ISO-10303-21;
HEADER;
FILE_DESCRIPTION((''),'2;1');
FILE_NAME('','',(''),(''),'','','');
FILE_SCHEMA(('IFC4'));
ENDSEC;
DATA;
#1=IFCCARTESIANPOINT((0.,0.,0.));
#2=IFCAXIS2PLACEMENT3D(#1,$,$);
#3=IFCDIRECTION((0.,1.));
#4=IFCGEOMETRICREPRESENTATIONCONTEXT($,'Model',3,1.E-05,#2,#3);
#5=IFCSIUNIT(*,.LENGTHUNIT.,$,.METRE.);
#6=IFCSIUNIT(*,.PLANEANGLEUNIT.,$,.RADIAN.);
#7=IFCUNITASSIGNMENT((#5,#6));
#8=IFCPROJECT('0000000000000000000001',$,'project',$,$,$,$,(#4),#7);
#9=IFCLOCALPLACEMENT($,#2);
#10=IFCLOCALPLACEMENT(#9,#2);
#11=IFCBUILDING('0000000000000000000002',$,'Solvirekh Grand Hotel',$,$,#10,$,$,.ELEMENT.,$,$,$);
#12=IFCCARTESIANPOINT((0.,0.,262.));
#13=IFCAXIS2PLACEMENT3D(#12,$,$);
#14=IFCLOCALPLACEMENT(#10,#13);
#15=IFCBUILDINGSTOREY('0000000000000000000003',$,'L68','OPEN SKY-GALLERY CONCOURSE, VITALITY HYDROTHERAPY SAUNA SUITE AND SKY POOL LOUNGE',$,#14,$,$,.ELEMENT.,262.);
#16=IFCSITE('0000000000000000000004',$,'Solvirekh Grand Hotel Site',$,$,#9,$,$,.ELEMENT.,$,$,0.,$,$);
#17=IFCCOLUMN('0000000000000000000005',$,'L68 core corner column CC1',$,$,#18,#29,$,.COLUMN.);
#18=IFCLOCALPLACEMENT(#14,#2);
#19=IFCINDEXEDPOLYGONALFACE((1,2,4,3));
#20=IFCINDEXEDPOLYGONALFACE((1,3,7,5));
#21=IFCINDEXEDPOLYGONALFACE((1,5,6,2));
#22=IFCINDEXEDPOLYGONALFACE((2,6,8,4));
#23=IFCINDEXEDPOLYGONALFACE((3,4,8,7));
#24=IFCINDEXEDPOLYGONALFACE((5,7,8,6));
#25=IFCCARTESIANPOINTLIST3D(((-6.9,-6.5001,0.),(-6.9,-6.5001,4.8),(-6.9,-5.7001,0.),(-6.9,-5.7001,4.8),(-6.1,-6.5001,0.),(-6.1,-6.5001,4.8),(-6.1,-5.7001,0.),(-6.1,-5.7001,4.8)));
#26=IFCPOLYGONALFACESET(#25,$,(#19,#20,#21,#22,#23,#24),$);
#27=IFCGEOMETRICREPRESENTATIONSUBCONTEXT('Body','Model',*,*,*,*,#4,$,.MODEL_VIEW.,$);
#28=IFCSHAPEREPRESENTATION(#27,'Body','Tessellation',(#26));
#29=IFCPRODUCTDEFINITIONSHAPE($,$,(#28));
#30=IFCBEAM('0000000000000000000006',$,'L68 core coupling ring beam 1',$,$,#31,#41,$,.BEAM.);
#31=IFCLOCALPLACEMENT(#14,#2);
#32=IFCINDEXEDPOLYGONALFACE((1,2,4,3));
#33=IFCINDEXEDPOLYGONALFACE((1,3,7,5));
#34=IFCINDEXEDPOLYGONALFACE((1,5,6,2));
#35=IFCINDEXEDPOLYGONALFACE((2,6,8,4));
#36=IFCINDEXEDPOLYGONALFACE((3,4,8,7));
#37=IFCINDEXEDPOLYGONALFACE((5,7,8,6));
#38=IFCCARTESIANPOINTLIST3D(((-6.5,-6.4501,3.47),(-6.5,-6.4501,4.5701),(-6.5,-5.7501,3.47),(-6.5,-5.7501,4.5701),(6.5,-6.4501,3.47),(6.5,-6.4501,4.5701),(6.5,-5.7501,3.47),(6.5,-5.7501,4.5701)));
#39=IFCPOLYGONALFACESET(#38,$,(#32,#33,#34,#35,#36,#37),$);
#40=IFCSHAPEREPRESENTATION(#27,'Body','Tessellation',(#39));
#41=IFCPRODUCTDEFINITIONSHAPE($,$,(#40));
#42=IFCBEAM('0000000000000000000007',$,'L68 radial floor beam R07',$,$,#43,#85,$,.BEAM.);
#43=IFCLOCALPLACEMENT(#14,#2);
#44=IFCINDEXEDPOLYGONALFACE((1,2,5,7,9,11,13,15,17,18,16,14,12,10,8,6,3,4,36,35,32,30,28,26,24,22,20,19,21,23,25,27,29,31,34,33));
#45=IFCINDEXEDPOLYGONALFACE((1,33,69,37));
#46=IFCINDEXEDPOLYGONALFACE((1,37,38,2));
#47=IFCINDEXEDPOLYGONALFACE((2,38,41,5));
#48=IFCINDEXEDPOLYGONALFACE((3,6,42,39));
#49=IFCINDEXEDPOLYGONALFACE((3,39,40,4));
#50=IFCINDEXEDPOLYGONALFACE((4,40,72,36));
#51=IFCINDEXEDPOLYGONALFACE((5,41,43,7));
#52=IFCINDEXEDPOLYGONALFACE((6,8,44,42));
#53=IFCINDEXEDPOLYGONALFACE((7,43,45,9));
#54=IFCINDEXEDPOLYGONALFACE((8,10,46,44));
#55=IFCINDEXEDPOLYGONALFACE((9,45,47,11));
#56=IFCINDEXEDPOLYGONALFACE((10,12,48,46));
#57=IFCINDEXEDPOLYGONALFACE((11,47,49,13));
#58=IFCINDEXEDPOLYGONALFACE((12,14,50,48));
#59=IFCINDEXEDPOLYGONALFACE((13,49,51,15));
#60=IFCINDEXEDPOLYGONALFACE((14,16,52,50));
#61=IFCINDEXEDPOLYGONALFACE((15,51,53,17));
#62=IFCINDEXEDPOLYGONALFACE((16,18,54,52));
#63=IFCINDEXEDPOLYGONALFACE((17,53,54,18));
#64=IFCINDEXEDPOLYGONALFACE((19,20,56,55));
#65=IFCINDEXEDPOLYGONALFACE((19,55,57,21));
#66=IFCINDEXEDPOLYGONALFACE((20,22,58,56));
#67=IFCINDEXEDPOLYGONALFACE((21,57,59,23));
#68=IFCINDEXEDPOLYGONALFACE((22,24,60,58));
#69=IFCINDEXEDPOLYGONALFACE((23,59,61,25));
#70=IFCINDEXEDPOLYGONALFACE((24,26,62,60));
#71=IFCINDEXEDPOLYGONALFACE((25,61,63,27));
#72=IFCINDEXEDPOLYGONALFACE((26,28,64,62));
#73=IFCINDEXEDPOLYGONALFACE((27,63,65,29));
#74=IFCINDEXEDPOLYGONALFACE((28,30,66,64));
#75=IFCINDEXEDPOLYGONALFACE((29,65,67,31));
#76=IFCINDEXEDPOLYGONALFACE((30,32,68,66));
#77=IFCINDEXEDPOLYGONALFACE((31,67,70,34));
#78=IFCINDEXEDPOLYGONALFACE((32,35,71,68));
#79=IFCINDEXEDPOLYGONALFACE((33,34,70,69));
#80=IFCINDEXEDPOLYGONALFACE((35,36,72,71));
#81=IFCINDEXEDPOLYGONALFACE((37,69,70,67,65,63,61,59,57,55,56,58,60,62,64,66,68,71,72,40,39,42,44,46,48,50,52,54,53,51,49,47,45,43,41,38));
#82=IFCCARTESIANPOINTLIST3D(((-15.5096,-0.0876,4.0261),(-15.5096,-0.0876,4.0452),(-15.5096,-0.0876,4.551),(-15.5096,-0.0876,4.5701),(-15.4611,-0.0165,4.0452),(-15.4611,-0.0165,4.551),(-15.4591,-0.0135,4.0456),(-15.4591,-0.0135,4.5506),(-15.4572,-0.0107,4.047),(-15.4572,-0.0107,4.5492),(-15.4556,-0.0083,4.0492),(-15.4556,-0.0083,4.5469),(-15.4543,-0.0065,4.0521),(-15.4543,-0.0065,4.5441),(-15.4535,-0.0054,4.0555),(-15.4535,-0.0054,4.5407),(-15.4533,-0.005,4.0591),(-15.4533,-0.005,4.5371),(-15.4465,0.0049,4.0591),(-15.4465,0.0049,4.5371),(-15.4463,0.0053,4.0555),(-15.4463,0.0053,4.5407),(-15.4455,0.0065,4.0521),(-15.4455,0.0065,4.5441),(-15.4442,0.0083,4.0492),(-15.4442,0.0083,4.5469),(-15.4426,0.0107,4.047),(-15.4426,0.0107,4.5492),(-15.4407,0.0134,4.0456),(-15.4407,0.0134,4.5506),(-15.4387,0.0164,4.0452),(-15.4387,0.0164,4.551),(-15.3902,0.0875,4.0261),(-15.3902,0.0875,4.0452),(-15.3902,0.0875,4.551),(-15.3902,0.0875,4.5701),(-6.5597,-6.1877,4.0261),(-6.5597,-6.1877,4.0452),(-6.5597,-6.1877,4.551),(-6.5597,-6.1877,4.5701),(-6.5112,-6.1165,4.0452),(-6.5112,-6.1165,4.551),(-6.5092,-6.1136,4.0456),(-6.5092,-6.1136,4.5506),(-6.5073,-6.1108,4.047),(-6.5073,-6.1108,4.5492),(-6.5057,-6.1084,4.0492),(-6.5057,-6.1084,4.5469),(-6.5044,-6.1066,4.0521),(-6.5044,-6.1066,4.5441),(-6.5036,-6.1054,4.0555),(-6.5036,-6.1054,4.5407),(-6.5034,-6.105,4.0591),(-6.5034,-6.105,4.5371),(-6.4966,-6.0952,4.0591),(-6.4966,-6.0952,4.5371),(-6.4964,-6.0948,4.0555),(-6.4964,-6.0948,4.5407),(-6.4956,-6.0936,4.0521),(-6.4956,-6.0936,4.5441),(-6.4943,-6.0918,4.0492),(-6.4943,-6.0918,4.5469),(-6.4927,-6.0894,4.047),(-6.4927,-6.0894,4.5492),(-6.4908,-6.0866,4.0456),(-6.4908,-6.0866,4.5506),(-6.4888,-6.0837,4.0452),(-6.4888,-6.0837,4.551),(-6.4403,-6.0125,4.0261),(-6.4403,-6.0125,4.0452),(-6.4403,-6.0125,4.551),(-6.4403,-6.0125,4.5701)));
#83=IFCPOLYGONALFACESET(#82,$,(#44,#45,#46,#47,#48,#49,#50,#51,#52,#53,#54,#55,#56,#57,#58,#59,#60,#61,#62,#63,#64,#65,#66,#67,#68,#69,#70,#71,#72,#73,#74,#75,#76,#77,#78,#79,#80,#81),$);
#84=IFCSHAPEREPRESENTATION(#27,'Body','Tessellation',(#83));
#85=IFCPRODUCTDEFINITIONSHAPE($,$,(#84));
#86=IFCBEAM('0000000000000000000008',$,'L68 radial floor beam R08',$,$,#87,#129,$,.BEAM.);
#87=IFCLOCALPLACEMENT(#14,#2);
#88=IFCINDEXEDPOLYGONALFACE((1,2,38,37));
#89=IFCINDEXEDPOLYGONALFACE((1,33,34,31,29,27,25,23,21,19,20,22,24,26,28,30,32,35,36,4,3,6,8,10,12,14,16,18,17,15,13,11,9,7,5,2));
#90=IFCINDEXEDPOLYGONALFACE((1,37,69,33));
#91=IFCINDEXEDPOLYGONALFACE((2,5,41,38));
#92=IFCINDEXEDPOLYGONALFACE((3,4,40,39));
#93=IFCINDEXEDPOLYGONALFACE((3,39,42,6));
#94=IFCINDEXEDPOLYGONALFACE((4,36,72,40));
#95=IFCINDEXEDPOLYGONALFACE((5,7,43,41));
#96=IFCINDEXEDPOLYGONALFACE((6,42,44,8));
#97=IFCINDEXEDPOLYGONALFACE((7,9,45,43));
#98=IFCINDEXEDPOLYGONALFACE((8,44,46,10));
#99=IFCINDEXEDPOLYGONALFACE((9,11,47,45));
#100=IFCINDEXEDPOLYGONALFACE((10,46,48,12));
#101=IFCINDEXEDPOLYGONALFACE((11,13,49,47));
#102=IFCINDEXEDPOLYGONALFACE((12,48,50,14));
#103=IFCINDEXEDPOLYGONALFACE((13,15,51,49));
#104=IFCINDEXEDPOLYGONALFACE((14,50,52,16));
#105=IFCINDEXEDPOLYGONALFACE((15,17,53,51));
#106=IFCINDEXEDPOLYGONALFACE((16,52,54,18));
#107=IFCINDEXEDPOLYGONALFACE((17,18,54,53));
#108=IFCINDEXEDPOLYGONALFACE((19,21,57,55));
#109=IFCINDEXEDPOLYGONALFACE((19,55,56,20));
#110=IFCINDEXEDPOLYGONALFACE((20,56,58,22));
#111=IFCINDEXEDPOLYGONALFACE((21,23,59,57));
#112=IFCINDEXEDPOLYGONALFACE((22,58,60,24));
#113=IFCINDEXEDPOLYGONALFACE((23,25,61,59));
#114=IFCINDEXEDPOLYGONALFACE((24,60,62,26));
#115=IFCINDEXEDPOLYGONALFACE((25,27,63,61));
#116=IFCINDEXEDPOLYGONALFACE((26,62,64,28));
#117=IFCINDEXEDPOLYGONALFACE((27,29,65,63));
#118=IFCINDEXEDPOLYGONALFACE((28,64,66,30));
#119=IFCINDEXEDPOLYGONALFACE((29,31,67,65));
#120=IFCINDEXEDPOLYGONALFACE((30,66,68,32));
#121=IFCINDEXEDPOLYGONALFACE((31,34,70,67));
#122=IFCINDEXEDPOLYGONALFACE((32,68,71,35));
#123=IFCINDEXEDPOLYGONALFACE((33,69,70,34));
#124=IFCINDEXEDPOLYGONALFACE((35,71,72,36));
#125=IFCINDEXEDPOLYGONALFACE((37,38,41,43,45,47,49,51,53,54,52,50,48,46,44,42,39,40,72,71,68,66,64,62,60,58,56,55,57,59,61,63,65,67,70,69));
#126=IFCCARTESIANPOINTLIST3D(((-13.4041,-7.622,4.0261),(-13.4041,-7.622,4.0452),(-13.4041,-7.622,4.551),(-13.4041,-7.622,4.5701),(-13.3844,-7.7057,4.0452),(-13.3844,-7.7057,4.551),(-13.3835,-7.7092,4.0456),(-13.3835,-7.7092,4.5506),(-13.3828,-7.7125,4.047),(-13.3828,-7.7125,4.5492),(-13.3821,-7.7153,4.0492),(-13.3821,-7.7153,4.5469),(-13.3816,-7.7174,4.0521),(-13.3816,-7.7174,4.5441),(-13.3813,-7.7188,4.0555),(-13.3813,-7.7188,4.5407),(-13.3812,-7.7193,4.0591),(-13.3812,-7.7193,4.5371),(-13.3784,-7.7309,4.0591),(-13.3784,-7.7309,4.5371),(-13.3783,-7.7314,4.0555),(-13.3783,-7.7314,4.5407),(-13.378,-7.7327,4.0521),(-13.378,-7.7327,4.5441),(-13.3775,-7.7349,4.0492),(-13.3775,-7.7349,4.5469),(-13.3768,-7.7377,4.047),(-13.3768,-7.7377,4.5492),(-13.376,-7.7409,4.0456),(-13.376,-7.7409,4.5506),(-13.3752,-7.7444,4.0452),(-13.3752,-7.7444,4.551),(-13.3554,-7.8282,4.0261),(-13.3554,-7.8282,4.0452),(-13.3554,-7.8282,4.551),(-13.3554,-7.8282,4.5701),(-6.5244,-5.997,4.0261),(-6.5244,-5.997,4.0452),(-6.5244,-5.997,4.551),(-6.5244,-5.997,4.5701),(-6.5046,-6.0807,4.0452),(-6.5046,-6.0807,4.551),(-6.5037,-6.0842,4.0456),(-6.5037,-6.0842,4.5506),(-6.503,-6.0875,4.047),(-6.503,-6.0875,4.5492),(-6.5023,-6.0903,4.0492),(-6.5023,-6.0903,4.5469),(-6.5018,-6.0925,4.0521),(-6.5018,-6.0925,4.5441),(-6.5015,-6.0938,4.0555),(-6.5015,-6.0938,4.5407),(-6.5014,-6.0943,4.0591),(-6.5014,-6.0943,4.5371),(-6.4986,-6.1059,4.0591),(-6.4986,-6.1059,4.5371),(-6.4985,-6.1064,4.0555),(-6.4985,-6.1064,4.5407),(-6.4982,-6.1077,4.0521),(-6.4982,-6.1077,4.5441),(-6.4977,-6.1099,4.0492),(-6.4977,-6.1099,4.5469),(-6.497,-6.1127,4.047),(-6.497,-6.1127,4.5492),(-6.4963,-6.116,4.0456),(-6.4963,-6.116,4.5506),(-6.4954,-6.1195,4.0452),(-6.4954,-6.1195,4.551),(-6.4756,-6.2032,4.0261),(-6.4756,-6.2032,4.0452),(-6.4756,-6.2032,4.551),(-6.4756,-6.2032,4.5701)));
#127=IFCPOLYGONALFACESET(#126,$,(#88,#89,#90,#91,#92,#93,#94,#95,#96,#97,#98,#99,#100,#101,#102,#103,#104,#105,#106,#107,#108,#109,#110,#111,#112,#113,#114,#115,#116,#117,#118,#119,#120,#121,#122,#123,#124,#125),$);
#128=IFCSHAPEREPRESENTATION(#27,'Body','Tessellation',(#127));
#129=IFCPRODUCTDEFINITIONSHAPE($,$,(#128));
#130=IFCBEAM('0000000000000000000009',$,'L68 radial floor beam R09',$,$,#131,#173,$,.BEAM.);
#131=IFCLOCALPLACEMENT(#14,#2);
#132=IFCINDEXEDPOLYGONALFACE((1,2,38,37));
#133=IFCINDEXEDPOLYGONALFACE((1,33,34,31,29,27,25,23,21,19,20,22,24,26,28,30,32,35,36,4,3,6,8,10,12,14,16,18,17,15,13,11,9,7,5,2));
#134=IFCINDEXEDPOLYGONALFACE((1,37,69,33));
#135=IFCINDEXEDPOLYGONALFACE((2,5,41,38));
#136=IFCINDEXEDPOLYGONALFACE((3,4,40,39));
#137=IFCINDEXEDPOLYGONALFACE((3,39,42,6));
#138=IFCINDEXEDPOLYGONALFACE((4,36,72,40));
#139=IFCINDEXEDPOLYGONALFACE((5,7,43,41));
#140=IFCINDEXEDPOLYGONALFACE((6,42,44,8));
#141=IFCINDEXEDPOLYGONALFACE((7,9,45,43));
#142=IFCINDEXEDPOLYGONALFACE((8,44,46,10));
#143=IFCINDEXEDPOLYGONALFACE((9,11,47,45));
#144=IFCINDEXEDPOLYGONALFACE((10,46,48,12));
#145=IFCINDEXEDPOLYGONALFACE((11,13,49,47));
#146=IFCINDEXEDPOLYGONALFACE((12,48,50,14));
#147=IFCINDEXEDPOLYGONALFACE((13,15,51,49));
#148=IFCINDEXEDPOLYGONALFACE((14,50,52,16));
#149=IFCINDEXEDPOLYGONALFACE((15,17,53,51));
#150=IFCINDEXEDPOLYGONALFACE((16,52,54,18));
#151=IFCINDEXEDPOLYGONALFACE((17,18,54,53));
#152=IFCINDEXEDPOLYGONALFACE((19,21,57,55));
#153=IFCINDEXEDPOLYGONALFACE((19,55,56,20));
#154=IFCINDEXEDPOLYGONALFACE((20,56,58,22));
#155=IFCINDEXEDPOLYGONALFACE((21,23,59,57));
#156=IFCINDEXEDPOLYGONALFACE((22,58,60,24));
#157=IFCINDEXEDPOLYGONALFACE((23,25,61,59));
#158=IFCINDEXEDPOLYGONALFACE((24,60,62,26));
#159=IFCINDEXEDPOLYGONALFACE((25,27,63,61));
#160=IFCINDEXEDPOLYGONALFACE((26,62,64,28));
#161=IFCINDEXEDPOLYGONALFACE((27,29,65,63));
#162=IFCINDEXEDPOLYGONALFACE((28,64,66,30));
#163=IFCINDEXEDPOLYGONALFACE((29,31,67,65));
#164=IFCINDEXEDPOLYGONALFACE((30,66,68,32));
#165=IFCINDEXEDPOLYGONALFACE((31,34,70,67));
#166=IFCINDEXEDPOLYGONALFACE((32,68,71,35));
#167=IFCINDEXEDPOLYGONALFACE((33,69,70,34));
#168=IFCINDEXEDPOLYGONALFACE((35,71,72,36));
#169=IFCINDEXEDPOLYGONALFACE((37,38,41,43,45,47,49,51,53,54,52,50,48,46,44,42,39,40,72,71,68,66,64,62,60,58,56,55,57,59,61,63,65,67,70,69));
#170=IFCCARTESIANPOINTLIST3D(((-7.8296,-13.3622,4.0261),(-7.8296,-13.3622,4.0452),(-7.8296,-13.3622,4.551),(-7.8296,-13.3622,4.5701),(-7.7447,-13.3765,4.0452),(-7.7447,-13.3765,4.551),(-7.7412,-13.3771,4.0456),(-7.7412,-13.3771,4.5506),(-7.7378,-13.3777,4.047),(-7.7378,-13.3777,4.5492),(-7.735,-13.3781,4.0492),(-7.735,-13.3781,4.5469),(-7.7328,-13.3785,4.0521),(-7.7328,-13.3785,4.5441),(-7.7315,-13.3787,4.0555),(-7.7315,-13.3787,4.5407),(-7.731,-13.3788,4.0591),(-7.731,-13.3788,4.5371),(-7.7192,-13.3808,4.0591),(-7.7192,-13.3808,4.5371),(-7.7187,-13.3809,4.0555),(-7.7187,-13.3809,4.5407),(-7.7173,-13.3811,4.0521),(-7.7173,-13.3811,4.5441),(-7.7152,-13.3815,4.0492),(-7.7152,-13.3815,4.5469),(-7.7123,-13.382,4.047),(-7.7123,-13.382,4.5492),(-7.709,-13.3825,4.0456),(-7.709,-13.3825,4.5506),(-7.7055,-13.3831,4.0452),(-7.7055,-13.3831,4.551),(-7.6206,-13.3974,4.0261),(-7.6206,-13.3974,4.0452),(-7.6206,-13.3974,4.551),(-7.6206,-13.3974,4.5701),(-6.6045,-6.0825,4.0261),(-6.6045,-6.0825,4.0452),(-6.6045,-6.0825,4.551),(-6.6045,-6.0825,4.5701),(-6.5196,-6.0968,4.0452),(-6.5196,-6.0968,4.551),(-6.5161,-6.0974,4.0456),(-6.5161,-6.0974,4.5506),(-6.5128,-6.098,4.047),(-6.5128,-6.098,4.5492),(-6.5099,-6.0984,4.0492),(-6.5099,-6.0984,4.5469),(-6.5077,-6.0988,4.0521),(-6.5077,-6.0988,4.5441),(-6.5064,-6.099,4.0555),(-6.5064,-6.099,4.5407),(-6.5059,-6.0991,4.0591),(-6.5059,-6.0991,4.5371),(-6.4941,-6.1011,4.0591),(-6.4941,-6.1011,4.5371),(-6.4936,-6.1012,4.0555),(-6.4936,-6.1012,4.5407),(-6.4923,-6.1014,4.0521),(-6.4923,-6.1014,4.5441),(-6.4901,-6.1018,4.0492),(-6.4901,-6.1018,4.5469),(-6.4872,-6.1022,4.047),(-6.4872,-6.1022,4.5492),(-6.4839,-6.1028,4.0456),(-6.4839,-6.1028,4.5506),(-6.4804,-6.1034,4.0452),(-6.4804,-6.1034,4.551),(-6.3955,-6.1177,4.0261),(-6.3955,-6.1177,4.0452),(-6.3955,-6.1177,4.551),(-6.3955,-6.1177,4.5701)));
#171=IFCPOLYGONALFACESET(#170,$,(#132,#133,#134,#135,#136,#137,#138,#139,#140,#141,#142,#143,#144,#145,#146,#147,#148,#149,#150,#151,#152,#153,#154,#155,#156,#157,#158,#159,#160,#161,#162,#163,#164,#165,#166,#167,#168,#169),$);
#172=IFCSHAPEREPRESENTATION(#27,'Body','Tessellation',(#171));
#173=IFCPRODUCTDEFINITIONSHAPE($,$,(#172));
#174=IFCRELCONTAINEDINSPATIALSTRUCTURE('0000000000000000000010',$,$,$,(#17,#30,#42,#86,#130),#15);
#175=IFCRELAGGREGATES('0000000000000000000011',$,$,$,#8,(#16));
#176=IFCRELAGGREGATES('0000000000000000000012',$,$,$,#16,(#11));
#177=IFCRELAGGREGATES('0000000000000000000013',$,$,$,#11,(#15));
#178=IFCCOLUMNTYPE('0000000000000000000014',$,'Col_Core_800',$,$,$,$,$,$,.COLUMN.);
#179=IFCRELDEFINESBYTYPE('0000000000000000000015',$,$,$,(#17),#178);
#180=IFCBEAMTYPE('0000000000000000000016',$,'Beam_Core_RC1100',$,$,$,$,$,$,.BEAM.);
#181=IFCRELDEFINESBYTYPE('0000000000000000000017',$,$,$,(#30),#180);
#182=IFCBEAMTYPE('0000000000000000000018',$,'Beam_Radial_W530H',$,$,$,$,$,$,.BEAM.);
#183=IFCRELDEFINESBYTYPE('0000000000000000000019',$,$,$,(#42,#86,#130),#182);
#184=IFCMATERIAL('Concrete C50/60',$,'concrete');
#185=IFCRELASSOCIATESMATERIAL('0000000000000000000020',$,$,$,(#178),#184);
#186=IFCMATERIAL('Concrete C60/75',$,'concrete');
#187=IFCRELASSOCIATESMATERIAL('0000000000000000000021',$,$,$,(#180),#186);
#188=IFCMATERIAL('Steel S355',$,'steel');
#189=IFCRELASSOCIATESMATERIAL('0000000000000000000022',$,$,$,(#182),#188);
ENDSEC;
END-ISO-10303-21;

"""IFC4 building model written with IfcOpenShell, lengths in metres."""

from ifc_helpers import new_model, si_unit, direction, frame, origin, origin_2d, place, context, subcontext, project, spatial, rectangle, i_section, extrude, material, material_profile, profile_set, type_object, element, save


model = new_model("IFC4")

# Units and contexts
model_context = context("Model", 3, precision=1e-05, world=origin(), true_north=direction((0.0, 1.0)))
body_context = subcontext(model_context, "Body", "Model", "MODEL_VIEW")
ifc_project = project(units=[si_unit("LENGTHUNIT", "METRE"), si_unit("PLANEANGLEUNIT", "RADIAN")], contexts=[model_context])

# Site, building, storey
site_placement = place(None, origin())
site = spatial("IfcSite", under=ifc_project, at=site_placement, Name="Solvirekh Grand Hotel Site", CompositionType="ELEMENT", RefElevation=0.0)
building_placement = place(site_placement, origin())
building = spatial("IfcBuilding", under=site, at=building_placement, Name="Solvirekh Grand Hotel", CompositionType="ELEMENT")
storey_placement = place(building_placement, frame((0.0, 0.0, 262.0)))
storey = spatial("IfcBuildingStorey", under=building, at=storey_placement, Name="L68", Description="OPEN SKY-GALLERY CONCOURSE, VITALITY HYDROTHERAPY SAUNA SUITE AND SKY POOL LOUNGE", CompositionType="ELEMENT", Elevation=262.0)

# Column
ifc_material_1 = material(Name="Concrete C50/60", Category="concrete")
ifc_material_profile_1 = material_profile(ifc_material_1, rectangle(XDim=0.8, YDim=0.8, at=origin_2d()), Name="RC 800X800")
ifc_profile_set_1 = profile_set([ifc_material_profile_1], Name="Concrete C50/60")
column_type = type_object("IfcColumnType", Name="Col_Core_800", PredefinedType="COLUMN", material=ifc_profile_set_1)
column_placement = place(storey_placement, frame((-6.5, -6.1001, 0.0), z_axis=(0.0, 0.0, 1.0), x_axis=(1.0, 0.0, 0.0)))
element("IfcColumn", 1, at=column_placement, inside=storey, type_object=column_type, Name="L68 core corner column CC1", PredefinedType="COLUMN", context=body_context, shape_type="SweptSolid", body=[
    extrude(rectangle(XDim=0.8, YDim=0.8, at=origin_2d()), origin(), (0.0, 0.0, 1.0), 4.8),
])

# Beams
ifc_material_2 = material(Name="Concrete C60/75", Category="concrete")
ifc_material_profile_2 = material_profile(ifc_material_2, rectangle(XDim=0.7, YDim=1.1001, at=origin_2d()), Name="RC BEAM 700X1100")
ifc_profile_set_2 = profile_set([ifc_material_profile_2], Name="Concrete C60/75")
beam_type_1 = type_object("IfcBeamType", Name="Beam_Core_RC1100", PredefinedType="BEAM", material=ifc_profile_set_2)
beam_1_placement = place(storey_placement, frame((-6.5, -6.1001, 4.02), z_axis=(1.0, 0.0, 0.0), x_axis=(0.0, 1.0, 0.0)))
element("IfcBeam", 2, at=beam_1_placement, inside=storey, type_object=beam_type_1, Name="L68 core coupling ring beam 1", PredefinedType="BEAM", context=body_context, shape_type="SweptSolid", body=[
    extrude(rectangle(XDim=0.7, YDim=1.1001, at=origin_2d()), origin(), (0.0, 0.0, 1.0), 13.0),
])
ifc_material_3 = material(Name="Steel S355", Category="steel")
ifc_material_profile_3 = material_profile(ifc_material_3, i_section(OverallWidth=0.2119, OverallDepth=0.5439, WebThickness=0.012, FlangeThickness=0.019, FilletRadius=0.0139, at=origin_2d()), Name="W530X123")
ifc_profile_set_3 = profile_set([ifc_material_profile_3], Name="Steel S355")
beam_type_2 = type_object("IfcBeamType", Name="Beam_Radial_W530H", PredefinedType="BEAM", material=ifc_profile_set_3)
beam_2_placement = place(storey_placement, frame((-6.5, -6.1001, 4.2981), z_axis=(-0.826319, 0.563202, 0.0), x_axis=(-0.563202, -0.826319, 0.0)))
element("IfcBeam", 3, at=beam_2_placement, inside=storey, type_object=beam_type_2, Name="L68 radial floor beam R07", PredefinedType="BEAM", context=body_context, shape_type="SweptSolid", body=[
    extrude(i_section(OverallWidth=0.2119, OverallDepth=0.5439, WebThickness=0.012, FlangeThickness=0.019, FilletRadius=0.0139, at=origin_2d()), origin(), (0.0, 0.0, 1.0), 10.8311),
])
beam_3_placement = place(storey_placement, frame((-6.5, -6.1001, 4.2981), z_axis=(-0.973221, -0.229871, 0.0), x_axis=(0.229871, -0.973221, 0.0)))
element("IfcBeam", 4, at=beam_3_placement, inside=storey, type_object=beam_type_2, Name="L68 radial floor beam R08", PredefinedType="BEAM", context=body_context, shape_type="SweptSolid", body=[
    extrude(i_section(OverallWidth=0.2119, OverallDepth=0.5439, WebThickness=0.012, FlangeThickness=0.019, FilletRadius=0.0139, at=origin_2d()), origin(), (0.0, 0.0, 1.0), 7.0691),
])
beam_4_placement = place(storey_placement, frame((-6.5, -6.1001, 4.2981), z_axis=(-0.165954, -0.986133, 0.0), x_axis=(0.986133, -0.165954, 0.0)))
element("IfcBeam", 5, at=beam_4_placement, inside=storey, type_object=beam_type_2, Name="L68 radial floor beam R09", PredefinedType="BEAM", context=body_context, shape_type="SweptSolid", body=[
    extrude(i_section(OverallWidth=0.2119, OverallDepth=0.5439, WebThickness=0.012, FlangeThickness=0.019, FilletRadius=0.0139, at=origin_2d()), origin(), (0.0, 0.0, 1.0), 7.3821),
])

save(model, "model.ifc")
